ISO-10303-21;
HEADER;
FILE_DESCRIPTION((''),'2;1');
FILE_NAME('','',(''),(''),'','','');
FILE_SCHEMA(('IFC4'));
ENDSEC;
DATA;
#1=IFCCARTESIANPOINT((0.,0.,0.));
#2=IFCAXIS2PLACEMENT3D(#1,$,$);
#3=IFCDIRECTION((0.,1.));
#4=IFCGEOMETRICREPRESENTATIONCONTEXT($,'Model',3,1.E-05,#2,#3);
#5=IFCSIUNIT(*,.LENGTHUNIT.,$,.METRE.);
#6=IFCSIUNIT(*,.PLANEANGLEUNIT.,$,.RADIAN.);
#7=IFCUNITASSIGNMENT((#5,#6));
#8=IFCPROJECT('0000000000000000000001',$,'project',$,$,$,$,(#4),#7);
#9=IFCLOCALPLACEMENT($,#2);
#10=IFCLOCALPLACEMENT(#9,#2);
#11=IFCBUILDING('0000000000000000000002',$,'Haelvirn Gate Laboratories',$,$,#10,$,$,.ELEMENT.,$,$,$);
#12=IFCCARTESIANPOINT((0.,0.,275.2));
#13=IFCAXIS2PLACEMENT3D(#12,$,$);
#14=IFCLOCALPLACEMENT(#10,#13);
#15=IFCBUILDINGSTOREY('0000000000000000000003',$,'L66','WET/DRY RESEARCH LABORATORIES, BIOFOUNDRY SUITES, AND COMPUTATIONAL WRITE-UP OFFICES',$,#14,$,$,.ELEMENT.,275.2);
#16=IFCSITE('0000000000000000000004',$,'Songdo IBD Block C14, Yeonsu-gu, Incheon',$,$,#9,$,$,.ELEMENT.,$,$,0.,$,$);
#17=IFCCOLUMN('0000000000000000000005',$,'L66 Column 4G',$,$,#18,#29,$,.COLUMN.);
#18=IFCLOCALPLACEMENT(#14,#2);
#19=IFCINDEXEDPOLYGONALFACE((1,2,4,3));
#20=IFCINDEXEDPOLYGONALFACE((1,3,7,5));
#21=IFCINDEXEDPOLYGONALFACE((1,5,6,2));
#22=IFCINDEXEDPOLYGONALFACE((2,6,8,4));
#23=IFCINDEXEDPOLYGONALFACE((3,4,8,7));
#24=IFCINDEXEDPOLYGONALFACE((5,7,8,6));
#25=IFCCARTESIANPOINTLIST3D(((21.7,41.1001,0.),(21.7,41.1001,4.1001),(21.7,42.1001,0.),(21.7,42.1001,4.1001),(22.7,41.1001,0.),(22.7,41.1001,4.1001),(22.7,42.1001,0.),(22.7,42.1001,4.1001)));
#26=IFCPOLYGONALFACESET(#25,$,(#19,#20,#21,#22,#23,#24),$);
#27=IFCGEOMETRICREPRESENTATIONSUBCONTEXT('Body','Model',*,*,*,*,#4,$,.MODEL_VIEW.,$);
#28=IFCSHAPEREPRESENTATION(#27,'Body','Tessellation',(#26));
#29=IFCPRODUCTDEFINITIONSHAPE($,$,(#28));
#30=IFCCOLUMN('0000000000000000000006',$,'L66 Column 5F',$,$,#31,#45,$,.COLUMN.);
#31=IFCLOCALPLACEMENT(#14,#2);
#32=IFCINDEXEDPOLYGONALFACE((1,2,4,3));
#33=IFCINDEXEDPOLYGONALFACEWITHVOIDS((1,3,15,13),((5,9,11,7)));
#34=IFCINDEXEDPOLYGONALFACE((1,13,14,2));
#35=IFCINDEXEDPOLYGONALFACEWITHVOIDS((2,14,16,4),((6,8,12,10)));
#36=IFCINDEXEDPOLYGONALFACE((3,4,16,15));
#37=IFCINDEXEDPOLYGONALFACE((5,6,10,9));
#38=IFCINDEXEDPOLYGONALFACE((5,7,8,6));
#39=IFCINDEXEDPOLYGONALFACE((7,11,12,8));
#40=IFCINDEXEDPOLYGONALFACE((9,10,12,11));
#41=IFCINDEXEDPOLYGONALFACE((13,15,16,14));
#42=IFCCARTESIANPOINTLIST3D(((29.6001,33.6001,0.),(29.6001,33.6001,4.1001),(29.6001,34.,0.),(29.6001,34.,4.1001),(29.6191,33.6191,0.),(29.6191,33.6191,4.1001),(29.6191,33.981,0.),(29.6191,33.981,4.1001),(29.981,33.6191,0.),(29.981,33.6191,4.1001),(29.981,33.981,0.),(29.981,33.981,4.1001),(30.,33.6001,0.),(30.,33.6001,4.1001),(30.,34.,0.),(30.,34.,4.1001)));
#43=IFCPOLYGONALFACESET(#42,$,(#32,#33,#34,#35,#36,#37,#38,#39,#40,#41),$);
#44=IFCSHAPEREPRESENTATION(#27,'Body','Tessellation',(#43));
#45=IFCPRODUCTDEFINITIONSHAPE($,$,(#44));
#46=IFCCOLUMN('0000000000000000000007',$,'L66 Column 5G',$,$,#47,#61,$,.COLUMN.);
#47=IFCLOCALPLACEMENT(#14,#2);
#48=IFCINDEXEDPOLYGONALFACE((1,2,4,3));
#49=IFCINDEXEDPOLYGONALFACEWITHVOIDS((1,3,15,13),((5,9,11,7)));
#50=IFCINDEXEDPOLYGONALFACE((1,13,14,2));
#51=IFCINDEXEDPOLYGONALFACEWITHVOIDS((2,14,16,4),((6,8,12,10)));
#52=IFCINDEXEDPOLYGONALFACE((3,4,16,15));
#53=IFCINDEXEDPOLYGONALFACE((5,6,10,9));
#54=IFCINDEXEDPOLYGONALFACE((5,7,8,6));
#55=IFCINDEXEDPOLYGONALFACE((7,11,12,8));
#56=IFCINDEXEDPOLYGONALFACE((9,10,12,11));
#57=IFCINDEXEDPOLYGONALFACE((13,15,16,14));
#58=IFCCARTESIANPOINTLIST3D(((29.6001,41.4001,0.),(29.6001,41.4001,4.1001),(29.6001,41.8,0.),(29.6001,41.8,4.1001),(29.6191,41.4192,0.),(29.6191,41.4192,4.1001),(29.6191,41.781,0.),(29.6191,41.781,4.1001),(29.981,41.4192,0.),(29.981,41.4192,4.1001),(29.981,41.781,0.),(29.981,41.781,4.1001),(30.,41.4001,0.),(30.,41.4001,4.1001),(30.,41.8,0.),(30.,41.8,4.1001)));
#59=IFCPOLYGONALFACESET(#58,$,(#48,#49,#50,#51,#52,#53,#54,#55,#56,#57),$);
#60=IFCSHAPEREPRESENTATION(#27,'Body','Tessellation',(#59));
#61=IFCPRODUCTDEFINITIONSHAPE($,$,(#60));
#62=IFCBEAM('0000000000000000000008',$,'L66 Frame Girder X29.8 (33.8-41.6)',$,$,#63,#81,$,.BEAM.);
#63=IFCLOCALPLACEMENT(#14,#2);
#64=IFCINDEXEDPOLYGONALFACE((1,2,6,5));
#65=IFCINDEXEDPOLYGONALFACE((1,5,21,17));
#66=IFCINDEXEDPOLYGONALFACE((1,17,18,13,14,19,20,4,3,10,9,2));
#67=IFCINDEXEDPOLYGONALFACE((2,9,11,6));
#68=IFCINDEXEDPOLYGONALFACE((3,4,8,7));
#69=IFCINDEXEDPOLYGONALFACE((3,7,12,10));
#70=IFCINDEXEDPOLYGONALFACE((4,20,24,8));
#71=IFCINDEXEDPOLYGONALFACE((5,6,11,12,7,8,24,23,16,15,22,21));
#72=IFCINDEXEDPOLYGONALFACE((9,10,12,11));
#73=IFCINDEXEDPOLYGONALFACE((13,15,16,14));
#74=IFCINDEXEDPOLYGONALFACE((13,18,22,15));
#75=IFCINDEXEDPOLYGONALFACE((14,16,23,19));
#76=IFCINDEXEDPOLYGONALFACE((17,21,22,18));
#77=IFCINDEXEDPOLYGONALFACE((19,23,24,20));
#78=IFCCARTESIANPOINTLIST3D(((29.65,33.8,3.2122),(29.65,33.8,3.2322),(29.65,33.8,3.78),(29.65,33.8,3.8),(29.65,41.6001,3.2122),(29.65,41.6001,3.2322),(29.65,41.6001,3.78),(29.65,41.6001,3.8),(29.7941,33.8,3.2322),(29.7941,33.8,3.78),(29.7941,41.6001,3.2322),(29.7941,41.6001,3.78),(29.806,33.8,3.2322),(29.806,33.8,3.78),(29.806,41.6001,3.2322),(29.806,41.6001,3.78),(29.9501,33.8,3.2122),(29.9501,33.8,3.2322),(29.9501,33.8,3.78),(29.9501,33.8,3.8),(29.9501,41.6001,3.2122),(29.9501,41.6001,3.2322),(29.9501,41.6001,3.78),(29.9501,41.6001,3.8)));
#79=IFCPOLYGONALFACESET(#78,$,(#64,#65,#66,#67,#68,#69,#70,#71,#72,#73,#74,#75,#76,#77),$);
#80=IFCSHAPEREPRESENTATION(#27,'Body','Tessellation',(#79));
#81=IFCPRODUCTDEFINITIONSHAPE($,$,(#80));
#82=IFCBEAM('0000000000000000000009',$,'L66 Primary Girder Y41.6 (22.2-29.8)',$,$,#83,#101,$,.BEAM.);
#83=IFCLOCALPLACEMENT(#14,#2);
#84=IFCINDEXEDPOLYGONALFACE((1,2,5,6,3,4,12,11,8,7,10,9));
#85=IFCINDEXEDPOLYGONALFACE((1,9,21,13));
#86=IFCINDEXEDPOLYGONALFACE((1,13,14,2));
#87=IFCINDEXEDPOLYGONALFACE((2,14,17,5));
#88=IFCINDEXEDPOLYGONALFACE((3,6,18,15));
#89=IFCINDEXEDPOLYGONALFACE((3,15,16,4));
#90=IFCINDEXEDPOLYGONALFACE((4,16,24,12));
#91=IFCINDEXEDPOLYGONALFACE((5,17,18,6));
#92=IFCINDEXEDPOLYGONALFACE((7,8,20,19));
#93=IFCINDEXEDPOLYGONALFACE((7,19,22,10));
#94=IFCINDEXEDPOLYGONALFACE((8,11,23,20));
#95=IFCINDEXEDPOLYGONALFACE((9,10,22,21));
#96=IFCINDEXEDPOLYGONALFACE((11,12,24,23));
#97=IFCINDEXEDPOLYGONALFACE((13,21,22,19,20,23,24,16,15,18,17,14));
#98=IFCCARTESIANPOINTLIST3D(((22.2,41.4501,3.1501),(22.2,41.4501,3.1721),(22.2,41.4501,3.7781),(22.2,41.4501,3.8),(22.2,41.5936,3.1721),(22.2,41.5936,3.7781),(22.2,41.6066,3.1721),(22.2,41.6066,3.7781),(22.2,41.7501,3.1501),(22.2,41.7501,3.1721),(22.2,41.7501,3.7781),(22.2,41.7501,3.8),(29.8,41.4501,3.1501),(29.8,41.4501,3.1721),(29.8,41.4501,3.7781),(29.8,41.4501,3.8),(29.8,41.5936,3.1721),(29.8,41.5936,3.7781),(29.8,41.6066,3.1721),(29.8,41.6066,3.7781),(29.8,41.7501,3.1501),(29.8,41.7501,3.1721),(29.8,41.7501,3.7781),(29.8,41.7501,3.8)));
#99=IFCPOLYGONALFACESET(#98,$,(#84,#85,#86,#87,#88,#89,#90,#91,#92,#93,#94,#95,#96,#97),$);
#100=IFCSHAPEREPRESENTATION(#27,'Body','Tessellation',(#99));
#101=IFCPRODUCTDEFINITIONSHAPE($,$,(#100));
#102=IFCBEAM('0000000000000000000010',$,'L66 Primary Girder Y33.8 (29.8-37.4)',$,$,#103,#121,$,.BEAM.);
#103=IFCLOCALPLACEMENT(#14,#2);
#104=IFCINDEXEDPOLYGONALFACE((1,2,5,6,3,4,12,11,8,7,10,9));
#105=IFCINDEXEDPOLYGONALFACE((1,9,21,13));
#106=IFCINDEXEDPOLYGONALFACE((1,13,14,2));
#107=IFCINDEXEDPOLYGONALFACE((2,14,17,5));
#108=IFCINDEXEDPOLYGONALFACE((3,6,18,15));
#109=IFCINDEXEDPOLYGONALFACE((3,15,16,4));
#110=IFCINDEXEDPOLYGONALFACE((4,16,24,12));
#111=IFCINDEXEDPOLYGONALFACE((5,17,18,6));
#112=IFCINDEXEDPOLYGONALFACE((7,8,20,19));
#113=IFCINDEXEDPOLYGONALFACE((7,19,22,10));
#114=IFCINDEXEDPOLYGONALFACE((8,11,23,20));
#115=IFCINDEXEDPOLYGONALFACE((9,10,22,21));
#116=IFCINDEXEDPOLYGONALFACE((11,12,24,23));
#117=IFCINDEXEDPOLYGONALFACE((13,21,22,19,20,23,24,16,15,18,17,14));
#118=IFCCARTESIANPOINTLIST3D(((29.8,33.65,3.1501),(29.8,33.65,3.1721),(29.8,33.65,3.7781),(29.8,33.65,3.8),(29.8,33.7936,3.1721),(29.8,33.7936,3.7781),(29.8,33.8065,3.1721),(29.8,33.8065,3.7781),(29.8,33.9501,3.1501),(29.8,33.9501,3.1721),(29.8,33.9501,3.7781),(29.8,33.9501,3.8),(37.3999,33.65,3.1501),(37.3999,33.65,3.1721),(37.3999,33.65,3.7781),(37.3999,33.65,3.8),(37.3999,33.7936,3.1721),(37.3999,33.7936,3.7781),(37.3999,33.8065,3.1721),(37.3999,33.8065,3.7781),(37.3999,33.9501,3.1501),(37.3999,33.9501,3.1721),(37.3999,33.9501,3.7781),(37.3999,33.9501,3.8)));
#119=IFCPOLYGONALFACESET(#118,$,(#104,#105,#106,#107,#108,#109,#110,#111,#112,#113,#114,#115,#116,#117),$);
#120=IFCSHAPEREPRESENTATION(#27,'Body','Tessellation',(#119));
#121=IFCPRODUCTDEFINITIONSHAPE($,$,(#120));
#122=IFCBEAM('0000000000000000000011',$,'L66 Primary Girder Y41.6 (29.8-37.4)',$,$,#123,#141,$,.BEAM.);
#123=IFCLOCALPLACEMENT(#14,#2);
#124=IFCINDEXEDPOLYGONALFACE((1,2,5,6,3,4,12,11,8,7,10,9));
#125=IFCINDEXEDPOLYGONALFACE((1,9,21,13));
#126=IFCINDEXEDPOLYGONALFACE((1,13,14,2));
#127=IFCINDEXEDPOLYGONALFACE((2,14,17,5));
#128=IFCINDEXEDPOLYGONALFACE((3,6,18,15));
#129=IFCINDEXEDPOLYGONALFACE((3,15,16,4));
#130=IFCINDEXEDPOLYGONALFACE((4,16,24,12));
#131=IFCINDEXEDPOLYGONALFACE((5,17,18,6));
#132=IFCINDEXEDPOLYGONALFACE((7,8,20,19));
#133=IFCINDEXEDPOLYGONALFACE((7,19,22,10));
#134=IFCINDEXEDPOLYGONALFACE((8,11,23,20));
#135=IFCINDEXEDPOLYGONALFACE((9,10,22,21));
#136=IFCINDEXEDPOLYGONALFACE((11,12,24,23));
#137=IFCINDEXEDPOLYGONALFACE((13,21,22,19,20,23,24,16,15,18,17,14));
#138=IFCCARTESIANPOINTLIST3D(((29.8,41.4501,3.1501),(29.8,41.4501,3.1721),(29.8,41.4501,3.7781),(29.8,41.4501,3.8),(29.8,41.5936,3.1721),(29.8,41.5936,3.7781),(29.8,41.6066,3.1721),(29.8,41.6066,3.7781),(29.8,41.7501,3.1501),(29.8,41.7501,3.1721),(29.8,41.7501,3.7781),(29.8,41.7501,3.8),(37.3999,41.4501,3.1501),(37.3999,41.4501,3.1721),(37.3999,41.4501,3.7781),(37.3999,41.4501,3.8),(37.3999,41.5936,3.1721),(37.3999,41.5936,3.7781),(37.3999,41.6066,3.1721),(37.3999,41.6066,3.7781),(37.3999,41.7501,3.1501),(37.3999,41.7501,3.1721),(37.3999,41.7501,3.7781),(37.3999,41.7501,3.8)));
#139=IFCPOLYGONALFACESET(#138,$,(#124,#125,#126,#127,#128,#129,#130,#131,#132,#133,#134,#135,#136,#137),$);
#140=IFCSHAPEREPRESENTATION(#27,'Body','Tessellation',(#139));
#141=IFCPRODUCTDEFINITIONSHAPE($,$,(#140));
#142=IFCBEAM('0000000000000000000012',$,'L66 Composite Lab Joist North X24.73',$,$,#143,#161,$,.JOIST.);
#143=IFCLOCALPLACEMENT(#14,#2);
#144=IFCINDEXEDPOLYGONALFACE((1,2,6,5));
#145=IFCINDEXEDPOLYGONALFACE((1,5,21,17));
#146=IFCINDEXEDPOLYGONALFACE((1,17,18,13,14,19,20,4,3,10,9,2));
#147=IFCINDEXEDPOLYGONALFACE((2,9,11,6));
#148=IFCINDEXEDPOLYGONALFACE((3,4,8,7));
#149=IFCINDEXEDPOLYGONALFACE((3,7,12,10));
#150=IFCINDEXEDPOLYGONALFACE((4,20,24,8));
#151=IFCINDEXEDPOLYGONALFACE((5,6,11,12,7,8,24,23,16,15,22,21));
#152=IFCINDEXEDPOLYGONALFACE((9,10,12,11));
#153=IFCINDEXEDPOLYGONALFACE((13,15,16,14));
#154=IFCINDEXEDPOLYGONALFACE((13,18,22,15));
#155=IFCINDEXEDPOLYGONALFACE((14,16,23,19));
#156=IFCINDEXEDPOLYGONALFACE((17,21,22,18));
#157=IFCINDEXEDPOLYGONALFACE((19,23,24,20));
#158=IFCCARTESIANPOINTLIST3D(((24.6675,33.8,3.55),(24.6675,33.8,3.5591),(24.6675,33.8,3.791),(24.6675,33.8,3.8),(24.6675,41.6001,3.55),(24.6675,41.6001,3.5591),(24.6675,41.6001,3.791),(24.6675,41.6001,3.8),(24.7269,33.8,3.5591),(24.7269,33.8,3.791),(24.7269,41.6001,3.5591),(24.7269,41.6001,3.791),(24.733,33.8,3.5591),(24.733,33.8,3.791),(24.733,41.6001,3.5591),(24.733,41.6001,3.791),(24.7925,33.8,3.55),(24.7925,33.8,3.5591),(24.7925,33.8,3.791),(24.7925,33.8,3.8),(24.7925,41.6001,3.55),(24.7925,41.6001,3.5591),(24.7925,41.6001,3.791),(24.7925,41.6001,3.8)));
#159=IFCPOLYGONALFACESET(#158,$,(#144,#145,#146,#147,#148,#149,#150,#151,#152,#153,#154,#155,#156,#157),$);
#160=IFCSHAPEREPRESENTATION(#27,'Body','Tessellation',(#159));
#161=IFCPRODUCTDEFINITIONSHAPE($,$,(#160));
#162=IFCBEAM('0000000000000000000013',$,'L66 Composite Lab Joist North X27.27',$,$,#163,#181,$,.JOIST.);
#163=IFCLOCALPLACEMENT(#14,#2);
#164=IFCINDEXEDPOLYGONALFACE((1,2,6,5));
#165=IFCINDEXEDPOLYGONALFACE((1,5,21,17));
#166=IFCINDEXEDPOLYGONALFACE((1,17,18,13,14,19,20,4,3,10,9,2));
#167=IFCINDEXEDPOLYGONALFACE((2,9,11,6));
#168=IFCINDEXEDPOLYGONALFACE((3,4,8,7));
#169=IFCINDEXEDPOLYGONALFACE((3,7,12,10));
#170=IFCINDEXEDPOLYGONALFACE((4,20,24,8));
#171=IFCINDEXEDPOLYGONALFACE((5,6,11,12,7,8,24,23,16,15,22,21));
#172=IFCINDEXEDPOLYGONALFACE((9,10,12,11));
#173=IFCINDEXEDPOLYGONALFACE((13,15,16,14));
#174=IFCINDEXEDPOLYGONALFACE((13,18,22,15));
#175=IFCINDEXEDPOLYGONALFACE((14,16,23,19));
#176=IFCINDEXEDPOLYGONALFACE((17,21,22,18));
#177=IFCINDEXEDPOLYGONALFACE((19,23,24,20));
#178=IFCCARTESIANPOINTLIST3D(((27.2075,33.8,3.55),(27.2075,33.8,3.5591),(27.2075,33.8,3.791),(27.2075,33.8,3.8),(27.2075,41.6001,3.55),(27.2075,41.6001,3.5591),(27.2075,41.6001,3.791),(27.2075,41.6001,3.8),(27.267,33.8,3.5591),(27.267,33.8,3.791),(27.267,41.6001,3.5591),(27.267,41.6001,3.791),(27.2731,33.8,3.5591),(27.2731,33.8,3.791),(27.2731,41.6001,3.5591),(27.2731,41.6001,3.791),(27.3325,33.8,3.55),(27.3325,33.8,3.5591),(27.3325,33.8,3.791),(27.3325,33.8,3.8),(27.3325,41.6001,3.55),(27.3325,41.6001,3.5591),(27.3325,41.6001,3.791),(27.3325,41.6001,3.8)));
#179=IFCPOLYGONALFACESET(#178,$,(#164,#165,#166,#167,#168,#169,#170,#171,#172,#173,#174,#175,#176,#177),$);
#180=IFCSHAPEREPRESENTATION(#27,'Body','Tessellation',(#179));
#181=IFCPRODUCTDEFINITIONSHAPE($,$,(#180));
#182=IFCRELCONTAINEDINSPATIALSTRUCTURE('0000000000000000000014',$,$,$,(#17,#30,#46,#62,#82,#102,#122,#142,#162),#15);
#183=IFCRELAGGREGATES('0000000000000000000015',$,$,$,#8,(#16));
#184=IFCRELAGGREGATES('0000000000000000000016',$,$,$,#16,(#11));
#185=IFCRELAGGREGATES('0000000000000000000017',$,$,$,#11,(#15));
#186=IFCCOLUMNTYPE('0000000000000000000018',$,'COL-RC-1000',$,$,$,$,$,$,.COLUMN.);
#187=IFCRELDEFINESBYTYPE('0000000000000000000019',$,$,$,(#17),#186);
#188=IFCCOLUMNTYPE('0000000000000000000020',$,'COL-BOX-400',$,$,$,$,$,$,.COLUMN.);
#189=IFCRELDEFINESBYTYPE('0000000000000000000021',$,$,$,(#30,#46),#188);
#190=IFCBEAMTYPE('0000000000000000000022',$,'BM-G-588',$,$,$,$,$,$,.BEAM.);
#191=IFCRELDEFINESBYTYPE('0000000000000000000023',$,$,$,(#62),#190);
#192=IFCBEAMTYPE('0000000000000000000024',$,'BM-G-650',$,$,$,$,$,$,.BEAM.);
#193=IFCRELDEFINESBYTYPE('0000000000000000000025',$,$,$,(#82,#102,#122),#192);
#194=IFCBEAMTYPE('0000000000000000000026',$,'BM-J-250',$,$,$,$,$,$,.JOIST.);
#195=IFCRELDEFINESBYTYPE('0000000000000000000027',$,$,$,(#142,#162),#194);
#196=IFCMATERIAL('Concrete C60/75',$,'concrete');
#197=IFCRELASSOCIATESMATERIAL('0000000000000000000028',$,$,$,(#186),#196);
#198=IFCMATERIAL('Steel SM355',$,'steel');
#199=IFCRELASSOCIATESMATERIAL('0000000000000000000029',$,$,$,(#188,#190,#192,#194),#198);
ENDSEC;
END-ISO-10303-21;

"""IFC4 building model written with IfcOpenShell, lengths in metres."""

from ifc_helpers import new_model, si_unit, direction, frame, origin, origin_2d, place, context, subcontext, project, spatial, rectangle, hollow_rectangle, i_section, extrude, source, transform, mapped, material, material_profile, profile_set, type_object, type_shapes, element, save


model = new_model("IFC4")

# Units and contexts
model_context = context("Model", 3, precision=1e-05, world=origin(), true_north=direction((0.0, 1.0)))
body_context = subcontext(model_context, "Body", "Model", "MODEL_VIEW")
ifc_project = project(units=[si_unit("LENGTHUNIT", "METRE"), si_unit("PLANEANGLEUNIT", "RADIAN")], contexts=[model_context])

# Site, building, storey
site_placement = place(None, origin())
site = spatial("IfcSite", under=ifc_project, at=site_placement, Name="Songdo IBD Block C14, Yeonsu-gu, Incheon", CompositionType="ELEMENT", RefElevation=0.0)
building_placement = place(site_placement, origin())
building = spatial("IfcBuilding", under=site, at=building_placement, Name="Haelvirn Gate Laboratories", CompositionType="ELEMENT")
storey_placement = place(building_placement, frame((0.0, 0.0, 275.2)))
storey = spatial("IfcBuildingStorey", under=building, at=storey_placement, Name="L66", Description="WET/DRY RESEARCH LABORATORIES, BIOFOUNDRY SUITES, AND COMPUTATIONAL WRITE-UP OFFICES", CompositionType="ELEMENT", Elevation=275.2)

# Columns
ifc_material_1 = material(Name="Concrete C60/75", Category="concrete")
ifc_material_profile_1 = material_profile(ifc_material_1, rectangle(XDim=1.0, YDim=1.0, at=origin_2d()), Name="RC-1000x1000")
ifc_profile_set_1 = profile_set([ifc_material_profile_1], Name="Concrete C60/75")
column_type_1 = type_object("IfcColumnType", Name="COL-RC-1000", PredefinedType="COLUMN", material=ifc_profile_set_1)
shared_shape_1 = source(origin(), body_context, "Body", "SweptSolid", [
    extrude(rectangle(XDim=1.0, YDim=1.0, at=origin_2d()), origin(), (0.0, 0.0, 1.0), 4.1001),
])
type_shapes(column_type_1, [shared_shape_1])
column_placement = place(storey_placement, frame((22.2, 41.6001, 0.0), z_axis=(0.0, 0.0, 1.0), x_axis=(1.0, 0.0, 0.0)))
element("IfcColumn", 1, at=column_placement, inside=storey, type_object=column_type_1, Name="L66 Column 4G", PredefinedType="COLUMN", context=body_context, shape_type="MappedRepresentation", body=[
    mapped(shared_shape_1, transform((0.0, 0.0, 0.0), scale=1.0)),
])
ifc_material_2 = material(Name="Steel SM355", Category="steel")
ifc_material_profile_2 = material_profile(ifc_material_2, hollow_rectangle(XDim=0.3999, YDim=0.3999, WallThickness=0.019, at=origin_2d()), Name="BOX-400x400x19")
ifc_profile_set_2 = profile_set([ifc_material_profile_2], Name="Steel SM355")
column_type_2 = type_object("IfcColumnType", Name="COL-BOX-400", PredefinedType="COLUMN", material=ifc_profile_set_2)
shared_shape_2 = source(origin(), body_context, "Body", "SweptSolid", [
    extrude(hollow_rectangle(XDim=0.3999, YDim=0.3999, WallThickness=0.019, at=origin_2d()), origin(), (0.0, 0.0, 1.0), 4.1001),
])
type_shapes(column_type_2, [shared_shape_2])
for number, where, z_axis, x_axis, name in (
    (2, (29.8, 33.8, 0.0), (0.0, 0.0, 1.0), (1.0, 0.0, 0.0), "L66 Column 5F"),
    (3, (29.8, 41.6001, 0.0), (0.0, 0.0, 1.0), (1.0, 0.0, 0.0), "L66 Column 5G"),
):
    element("IfcColumn", number, at=place(storey_placement, frame(where, z_axis=z_axis, x_axis=x_axis)), inside=storey, type_object=column_type_2, Name=name, PredefinedType="COLUMN", context=body_context, shape_type="MappedRepresentation", body=[
        mapped(shared_shape_2, transform((0.0, 0.0, 0.0), scale=1.0)),
    ])

# Beams
ifc_material_profile_3 = material_profile(ifc_material_2, i_section(OverallWidth=0.3, OverallDepth=0.5879, WebThickness=0.012, FlangeThickness=0.02, at=origin_2d()), Name="H-588x300x12x20")
ifc_profile_set_3 = profile_set([ifc_material_profile_3], Name="Steel SM355")
beam_type_1 = type_object("IfcBeamType", Name="BM-G-588", PredefinedType="BEAM", material=ifc_profile_set_3)
shared_shape_3 = source(origin(), body_context, "Body", "SweptSolid", [
    extrude(i_section(OverallWidth=0.3, OverallDepth=0.5879, WebThickness=0.012, FlangeThickness=0.02, at=origin_2d()), origin(), (0.0, 0.0, 1.0), 7.8),
])
type_shapes(beam_type_1, [shared_shape_3])
beam_1_placement = place(storey_placement, frame((29.8, 33.8, 3.5061), z_axis=(0.0, 1.0, 0.0), x_axis=(-1.0, 0.0, 0.0)))
element("IfcBeam", 4, at=beam_1_placement, inside=storey, type_object=beam_type_1, Name="L66 Frame Girder X29.8 (33.8-41.6)", PredefinedType="BEAM", context=body_context, shape_type="MappedRepresentation", body=[
    mapped(shared_shape_3, transform((0.0, 0.0, 0.0), scale=1.0)),
])
ifc_material_profile_4 = material_profile(ifc_material_2, i_section(OverallWidth=0.3, OverallDepth=0.6499, WebThickness=0.0129, FlangeThickness=0.022, at=origin_2d()), Name="H-650x300x13x22")
ifc_profile_set_4 = profile_set([ifc_material_profile_4], Name="Steel SM355")
beam_type_2 = type_object("IfcBeamType", Name="BM-G-650", PredefinedType="BEAM", material=ifc_profile_set_4)
shared_shape_4 = source(origin(), body_context, "Body", "SweptSolid", [
    extrude(i_section(OverallWidth=0.3, OverallDepth=0.6499, WebThickness=0.0129, FlangeThickness=0.022, at=origin_2d()), origin(), (0.0, 0.0, 1.0), 7.6001),
])
beam_2_placement = place(storey_placement, frame((22.2, 41.6001, 3.4751), z_axis=(1.0, 0.0, 0.0), x_axis=(0.0, 1.0, 0.0)))
element("IfcBeam", 5, at=beam_2_placement, inside=storey, type_object=beam_type_2, Name="L66 Primary Girder Y41.6 (22.2-29.8)", PredefinedType="BEAM", context=body_context, shape_type="MappedRepresentation", body=[
    mapped(shared_shape_4, transform((0.0, 0.0, 0.0), scale=1.0)),
])
shared_shape_5 = source(origin(), body_context, "Body", "SweptSolid", [
    extrude(i_section(OverallWidth=0.3, OverallDepth=0.6499, WebThickness=0.0129, FlangeThickness=0.022, at=origin_2d()), origin(), (0.0, 0.0, 1.0), 7.5999),
])
type_shapes(beam_type_2, [shared_shape_4, shared_shape_5])
for number, where, z_axis, x_axis, name in (
    (6, (29.8, 33.8, 3.4751), (1.0, 0.0, 0.0), (0.0, 1.0, 0.0), "L66 Primary Girder Y33.8 (29.8-37.4)"),
    (7, (29.8, 41.6001, 3.4751), (1.0, 0.0, 0.0), (0.0, 1.0, 0.0), "L66 Primary Girder Y41.6 (29.8-37.4)"),
):
    element("IfcBeam", number, at=place(storey_placement, frame(where, z_axis=z_axis, x_axis=x_axis)), inside=storey, type_object=beam_type_2, Name=name, PredefinedType="BEAM", context=body_context, shape_type="MappedRepresentation", body=[
        mapped(shared_shape_5, transform((0.0, 0.0, 0.0), scale=1.0)),
    ])
ifc_material_profile_5 = material_profile(ifc_material_2, i_section(OverallWidth=0.125, OverallDepth=0.25, WebThickness=0.0061, FlangeThickness=0.009, at=origin_2d()), Name="H-250x125x6x9")
ifc_profile_set_5 = profile_set([ifc_material_profile_5], Name="Steel SM355")
beam_type_3 = type_object("IfcBeamType", Name="BM-J-250", PredefinedType="JOIST", material=ifc_profile_set_5)
shared_shape_6 = source(origin(), body_context, "Body", "SweptSolid", [
    extrude(i_section(OverallWidth=0.125, OverallDepth=0.25, WebThickness=0.0061, FlangeThickness=0.009, at=origin_2d()), origin(), (0.0, 0.0, 1.0), 7.8),
])
type_shapes(beam_type_3, [shared_shape_6])
for number, where, z_axis, x_axis, name in (
    (8, (24.73, 33.8, 3.675), (0.0, 1.0, 0.0), (-1.0, 0.0, 0.0), "L66 Composite Lab Joist North X24.73"),
    (9, (27.27, 33.8, 3.675), (0.0, 1.0, 0.0), (-1.0, 0.0, 0.0), "L66 Composite Lab Joist North X27.27"),
):
    element("IfcBeam", number, at=place(storey_placement, frame(where, z_axis=z_axis, x_axis=x_axis)), inside=storey, type_object=beam_type_3, Name=name, PredefinedType="JOIST", context=body_context, shape_type="MappedRepresentation", body=[
        mapped(shared_shape_6, transform((0.0, 0.0, 0.0), scale=1.0)),
    ])

save(model, "model.ifc")
